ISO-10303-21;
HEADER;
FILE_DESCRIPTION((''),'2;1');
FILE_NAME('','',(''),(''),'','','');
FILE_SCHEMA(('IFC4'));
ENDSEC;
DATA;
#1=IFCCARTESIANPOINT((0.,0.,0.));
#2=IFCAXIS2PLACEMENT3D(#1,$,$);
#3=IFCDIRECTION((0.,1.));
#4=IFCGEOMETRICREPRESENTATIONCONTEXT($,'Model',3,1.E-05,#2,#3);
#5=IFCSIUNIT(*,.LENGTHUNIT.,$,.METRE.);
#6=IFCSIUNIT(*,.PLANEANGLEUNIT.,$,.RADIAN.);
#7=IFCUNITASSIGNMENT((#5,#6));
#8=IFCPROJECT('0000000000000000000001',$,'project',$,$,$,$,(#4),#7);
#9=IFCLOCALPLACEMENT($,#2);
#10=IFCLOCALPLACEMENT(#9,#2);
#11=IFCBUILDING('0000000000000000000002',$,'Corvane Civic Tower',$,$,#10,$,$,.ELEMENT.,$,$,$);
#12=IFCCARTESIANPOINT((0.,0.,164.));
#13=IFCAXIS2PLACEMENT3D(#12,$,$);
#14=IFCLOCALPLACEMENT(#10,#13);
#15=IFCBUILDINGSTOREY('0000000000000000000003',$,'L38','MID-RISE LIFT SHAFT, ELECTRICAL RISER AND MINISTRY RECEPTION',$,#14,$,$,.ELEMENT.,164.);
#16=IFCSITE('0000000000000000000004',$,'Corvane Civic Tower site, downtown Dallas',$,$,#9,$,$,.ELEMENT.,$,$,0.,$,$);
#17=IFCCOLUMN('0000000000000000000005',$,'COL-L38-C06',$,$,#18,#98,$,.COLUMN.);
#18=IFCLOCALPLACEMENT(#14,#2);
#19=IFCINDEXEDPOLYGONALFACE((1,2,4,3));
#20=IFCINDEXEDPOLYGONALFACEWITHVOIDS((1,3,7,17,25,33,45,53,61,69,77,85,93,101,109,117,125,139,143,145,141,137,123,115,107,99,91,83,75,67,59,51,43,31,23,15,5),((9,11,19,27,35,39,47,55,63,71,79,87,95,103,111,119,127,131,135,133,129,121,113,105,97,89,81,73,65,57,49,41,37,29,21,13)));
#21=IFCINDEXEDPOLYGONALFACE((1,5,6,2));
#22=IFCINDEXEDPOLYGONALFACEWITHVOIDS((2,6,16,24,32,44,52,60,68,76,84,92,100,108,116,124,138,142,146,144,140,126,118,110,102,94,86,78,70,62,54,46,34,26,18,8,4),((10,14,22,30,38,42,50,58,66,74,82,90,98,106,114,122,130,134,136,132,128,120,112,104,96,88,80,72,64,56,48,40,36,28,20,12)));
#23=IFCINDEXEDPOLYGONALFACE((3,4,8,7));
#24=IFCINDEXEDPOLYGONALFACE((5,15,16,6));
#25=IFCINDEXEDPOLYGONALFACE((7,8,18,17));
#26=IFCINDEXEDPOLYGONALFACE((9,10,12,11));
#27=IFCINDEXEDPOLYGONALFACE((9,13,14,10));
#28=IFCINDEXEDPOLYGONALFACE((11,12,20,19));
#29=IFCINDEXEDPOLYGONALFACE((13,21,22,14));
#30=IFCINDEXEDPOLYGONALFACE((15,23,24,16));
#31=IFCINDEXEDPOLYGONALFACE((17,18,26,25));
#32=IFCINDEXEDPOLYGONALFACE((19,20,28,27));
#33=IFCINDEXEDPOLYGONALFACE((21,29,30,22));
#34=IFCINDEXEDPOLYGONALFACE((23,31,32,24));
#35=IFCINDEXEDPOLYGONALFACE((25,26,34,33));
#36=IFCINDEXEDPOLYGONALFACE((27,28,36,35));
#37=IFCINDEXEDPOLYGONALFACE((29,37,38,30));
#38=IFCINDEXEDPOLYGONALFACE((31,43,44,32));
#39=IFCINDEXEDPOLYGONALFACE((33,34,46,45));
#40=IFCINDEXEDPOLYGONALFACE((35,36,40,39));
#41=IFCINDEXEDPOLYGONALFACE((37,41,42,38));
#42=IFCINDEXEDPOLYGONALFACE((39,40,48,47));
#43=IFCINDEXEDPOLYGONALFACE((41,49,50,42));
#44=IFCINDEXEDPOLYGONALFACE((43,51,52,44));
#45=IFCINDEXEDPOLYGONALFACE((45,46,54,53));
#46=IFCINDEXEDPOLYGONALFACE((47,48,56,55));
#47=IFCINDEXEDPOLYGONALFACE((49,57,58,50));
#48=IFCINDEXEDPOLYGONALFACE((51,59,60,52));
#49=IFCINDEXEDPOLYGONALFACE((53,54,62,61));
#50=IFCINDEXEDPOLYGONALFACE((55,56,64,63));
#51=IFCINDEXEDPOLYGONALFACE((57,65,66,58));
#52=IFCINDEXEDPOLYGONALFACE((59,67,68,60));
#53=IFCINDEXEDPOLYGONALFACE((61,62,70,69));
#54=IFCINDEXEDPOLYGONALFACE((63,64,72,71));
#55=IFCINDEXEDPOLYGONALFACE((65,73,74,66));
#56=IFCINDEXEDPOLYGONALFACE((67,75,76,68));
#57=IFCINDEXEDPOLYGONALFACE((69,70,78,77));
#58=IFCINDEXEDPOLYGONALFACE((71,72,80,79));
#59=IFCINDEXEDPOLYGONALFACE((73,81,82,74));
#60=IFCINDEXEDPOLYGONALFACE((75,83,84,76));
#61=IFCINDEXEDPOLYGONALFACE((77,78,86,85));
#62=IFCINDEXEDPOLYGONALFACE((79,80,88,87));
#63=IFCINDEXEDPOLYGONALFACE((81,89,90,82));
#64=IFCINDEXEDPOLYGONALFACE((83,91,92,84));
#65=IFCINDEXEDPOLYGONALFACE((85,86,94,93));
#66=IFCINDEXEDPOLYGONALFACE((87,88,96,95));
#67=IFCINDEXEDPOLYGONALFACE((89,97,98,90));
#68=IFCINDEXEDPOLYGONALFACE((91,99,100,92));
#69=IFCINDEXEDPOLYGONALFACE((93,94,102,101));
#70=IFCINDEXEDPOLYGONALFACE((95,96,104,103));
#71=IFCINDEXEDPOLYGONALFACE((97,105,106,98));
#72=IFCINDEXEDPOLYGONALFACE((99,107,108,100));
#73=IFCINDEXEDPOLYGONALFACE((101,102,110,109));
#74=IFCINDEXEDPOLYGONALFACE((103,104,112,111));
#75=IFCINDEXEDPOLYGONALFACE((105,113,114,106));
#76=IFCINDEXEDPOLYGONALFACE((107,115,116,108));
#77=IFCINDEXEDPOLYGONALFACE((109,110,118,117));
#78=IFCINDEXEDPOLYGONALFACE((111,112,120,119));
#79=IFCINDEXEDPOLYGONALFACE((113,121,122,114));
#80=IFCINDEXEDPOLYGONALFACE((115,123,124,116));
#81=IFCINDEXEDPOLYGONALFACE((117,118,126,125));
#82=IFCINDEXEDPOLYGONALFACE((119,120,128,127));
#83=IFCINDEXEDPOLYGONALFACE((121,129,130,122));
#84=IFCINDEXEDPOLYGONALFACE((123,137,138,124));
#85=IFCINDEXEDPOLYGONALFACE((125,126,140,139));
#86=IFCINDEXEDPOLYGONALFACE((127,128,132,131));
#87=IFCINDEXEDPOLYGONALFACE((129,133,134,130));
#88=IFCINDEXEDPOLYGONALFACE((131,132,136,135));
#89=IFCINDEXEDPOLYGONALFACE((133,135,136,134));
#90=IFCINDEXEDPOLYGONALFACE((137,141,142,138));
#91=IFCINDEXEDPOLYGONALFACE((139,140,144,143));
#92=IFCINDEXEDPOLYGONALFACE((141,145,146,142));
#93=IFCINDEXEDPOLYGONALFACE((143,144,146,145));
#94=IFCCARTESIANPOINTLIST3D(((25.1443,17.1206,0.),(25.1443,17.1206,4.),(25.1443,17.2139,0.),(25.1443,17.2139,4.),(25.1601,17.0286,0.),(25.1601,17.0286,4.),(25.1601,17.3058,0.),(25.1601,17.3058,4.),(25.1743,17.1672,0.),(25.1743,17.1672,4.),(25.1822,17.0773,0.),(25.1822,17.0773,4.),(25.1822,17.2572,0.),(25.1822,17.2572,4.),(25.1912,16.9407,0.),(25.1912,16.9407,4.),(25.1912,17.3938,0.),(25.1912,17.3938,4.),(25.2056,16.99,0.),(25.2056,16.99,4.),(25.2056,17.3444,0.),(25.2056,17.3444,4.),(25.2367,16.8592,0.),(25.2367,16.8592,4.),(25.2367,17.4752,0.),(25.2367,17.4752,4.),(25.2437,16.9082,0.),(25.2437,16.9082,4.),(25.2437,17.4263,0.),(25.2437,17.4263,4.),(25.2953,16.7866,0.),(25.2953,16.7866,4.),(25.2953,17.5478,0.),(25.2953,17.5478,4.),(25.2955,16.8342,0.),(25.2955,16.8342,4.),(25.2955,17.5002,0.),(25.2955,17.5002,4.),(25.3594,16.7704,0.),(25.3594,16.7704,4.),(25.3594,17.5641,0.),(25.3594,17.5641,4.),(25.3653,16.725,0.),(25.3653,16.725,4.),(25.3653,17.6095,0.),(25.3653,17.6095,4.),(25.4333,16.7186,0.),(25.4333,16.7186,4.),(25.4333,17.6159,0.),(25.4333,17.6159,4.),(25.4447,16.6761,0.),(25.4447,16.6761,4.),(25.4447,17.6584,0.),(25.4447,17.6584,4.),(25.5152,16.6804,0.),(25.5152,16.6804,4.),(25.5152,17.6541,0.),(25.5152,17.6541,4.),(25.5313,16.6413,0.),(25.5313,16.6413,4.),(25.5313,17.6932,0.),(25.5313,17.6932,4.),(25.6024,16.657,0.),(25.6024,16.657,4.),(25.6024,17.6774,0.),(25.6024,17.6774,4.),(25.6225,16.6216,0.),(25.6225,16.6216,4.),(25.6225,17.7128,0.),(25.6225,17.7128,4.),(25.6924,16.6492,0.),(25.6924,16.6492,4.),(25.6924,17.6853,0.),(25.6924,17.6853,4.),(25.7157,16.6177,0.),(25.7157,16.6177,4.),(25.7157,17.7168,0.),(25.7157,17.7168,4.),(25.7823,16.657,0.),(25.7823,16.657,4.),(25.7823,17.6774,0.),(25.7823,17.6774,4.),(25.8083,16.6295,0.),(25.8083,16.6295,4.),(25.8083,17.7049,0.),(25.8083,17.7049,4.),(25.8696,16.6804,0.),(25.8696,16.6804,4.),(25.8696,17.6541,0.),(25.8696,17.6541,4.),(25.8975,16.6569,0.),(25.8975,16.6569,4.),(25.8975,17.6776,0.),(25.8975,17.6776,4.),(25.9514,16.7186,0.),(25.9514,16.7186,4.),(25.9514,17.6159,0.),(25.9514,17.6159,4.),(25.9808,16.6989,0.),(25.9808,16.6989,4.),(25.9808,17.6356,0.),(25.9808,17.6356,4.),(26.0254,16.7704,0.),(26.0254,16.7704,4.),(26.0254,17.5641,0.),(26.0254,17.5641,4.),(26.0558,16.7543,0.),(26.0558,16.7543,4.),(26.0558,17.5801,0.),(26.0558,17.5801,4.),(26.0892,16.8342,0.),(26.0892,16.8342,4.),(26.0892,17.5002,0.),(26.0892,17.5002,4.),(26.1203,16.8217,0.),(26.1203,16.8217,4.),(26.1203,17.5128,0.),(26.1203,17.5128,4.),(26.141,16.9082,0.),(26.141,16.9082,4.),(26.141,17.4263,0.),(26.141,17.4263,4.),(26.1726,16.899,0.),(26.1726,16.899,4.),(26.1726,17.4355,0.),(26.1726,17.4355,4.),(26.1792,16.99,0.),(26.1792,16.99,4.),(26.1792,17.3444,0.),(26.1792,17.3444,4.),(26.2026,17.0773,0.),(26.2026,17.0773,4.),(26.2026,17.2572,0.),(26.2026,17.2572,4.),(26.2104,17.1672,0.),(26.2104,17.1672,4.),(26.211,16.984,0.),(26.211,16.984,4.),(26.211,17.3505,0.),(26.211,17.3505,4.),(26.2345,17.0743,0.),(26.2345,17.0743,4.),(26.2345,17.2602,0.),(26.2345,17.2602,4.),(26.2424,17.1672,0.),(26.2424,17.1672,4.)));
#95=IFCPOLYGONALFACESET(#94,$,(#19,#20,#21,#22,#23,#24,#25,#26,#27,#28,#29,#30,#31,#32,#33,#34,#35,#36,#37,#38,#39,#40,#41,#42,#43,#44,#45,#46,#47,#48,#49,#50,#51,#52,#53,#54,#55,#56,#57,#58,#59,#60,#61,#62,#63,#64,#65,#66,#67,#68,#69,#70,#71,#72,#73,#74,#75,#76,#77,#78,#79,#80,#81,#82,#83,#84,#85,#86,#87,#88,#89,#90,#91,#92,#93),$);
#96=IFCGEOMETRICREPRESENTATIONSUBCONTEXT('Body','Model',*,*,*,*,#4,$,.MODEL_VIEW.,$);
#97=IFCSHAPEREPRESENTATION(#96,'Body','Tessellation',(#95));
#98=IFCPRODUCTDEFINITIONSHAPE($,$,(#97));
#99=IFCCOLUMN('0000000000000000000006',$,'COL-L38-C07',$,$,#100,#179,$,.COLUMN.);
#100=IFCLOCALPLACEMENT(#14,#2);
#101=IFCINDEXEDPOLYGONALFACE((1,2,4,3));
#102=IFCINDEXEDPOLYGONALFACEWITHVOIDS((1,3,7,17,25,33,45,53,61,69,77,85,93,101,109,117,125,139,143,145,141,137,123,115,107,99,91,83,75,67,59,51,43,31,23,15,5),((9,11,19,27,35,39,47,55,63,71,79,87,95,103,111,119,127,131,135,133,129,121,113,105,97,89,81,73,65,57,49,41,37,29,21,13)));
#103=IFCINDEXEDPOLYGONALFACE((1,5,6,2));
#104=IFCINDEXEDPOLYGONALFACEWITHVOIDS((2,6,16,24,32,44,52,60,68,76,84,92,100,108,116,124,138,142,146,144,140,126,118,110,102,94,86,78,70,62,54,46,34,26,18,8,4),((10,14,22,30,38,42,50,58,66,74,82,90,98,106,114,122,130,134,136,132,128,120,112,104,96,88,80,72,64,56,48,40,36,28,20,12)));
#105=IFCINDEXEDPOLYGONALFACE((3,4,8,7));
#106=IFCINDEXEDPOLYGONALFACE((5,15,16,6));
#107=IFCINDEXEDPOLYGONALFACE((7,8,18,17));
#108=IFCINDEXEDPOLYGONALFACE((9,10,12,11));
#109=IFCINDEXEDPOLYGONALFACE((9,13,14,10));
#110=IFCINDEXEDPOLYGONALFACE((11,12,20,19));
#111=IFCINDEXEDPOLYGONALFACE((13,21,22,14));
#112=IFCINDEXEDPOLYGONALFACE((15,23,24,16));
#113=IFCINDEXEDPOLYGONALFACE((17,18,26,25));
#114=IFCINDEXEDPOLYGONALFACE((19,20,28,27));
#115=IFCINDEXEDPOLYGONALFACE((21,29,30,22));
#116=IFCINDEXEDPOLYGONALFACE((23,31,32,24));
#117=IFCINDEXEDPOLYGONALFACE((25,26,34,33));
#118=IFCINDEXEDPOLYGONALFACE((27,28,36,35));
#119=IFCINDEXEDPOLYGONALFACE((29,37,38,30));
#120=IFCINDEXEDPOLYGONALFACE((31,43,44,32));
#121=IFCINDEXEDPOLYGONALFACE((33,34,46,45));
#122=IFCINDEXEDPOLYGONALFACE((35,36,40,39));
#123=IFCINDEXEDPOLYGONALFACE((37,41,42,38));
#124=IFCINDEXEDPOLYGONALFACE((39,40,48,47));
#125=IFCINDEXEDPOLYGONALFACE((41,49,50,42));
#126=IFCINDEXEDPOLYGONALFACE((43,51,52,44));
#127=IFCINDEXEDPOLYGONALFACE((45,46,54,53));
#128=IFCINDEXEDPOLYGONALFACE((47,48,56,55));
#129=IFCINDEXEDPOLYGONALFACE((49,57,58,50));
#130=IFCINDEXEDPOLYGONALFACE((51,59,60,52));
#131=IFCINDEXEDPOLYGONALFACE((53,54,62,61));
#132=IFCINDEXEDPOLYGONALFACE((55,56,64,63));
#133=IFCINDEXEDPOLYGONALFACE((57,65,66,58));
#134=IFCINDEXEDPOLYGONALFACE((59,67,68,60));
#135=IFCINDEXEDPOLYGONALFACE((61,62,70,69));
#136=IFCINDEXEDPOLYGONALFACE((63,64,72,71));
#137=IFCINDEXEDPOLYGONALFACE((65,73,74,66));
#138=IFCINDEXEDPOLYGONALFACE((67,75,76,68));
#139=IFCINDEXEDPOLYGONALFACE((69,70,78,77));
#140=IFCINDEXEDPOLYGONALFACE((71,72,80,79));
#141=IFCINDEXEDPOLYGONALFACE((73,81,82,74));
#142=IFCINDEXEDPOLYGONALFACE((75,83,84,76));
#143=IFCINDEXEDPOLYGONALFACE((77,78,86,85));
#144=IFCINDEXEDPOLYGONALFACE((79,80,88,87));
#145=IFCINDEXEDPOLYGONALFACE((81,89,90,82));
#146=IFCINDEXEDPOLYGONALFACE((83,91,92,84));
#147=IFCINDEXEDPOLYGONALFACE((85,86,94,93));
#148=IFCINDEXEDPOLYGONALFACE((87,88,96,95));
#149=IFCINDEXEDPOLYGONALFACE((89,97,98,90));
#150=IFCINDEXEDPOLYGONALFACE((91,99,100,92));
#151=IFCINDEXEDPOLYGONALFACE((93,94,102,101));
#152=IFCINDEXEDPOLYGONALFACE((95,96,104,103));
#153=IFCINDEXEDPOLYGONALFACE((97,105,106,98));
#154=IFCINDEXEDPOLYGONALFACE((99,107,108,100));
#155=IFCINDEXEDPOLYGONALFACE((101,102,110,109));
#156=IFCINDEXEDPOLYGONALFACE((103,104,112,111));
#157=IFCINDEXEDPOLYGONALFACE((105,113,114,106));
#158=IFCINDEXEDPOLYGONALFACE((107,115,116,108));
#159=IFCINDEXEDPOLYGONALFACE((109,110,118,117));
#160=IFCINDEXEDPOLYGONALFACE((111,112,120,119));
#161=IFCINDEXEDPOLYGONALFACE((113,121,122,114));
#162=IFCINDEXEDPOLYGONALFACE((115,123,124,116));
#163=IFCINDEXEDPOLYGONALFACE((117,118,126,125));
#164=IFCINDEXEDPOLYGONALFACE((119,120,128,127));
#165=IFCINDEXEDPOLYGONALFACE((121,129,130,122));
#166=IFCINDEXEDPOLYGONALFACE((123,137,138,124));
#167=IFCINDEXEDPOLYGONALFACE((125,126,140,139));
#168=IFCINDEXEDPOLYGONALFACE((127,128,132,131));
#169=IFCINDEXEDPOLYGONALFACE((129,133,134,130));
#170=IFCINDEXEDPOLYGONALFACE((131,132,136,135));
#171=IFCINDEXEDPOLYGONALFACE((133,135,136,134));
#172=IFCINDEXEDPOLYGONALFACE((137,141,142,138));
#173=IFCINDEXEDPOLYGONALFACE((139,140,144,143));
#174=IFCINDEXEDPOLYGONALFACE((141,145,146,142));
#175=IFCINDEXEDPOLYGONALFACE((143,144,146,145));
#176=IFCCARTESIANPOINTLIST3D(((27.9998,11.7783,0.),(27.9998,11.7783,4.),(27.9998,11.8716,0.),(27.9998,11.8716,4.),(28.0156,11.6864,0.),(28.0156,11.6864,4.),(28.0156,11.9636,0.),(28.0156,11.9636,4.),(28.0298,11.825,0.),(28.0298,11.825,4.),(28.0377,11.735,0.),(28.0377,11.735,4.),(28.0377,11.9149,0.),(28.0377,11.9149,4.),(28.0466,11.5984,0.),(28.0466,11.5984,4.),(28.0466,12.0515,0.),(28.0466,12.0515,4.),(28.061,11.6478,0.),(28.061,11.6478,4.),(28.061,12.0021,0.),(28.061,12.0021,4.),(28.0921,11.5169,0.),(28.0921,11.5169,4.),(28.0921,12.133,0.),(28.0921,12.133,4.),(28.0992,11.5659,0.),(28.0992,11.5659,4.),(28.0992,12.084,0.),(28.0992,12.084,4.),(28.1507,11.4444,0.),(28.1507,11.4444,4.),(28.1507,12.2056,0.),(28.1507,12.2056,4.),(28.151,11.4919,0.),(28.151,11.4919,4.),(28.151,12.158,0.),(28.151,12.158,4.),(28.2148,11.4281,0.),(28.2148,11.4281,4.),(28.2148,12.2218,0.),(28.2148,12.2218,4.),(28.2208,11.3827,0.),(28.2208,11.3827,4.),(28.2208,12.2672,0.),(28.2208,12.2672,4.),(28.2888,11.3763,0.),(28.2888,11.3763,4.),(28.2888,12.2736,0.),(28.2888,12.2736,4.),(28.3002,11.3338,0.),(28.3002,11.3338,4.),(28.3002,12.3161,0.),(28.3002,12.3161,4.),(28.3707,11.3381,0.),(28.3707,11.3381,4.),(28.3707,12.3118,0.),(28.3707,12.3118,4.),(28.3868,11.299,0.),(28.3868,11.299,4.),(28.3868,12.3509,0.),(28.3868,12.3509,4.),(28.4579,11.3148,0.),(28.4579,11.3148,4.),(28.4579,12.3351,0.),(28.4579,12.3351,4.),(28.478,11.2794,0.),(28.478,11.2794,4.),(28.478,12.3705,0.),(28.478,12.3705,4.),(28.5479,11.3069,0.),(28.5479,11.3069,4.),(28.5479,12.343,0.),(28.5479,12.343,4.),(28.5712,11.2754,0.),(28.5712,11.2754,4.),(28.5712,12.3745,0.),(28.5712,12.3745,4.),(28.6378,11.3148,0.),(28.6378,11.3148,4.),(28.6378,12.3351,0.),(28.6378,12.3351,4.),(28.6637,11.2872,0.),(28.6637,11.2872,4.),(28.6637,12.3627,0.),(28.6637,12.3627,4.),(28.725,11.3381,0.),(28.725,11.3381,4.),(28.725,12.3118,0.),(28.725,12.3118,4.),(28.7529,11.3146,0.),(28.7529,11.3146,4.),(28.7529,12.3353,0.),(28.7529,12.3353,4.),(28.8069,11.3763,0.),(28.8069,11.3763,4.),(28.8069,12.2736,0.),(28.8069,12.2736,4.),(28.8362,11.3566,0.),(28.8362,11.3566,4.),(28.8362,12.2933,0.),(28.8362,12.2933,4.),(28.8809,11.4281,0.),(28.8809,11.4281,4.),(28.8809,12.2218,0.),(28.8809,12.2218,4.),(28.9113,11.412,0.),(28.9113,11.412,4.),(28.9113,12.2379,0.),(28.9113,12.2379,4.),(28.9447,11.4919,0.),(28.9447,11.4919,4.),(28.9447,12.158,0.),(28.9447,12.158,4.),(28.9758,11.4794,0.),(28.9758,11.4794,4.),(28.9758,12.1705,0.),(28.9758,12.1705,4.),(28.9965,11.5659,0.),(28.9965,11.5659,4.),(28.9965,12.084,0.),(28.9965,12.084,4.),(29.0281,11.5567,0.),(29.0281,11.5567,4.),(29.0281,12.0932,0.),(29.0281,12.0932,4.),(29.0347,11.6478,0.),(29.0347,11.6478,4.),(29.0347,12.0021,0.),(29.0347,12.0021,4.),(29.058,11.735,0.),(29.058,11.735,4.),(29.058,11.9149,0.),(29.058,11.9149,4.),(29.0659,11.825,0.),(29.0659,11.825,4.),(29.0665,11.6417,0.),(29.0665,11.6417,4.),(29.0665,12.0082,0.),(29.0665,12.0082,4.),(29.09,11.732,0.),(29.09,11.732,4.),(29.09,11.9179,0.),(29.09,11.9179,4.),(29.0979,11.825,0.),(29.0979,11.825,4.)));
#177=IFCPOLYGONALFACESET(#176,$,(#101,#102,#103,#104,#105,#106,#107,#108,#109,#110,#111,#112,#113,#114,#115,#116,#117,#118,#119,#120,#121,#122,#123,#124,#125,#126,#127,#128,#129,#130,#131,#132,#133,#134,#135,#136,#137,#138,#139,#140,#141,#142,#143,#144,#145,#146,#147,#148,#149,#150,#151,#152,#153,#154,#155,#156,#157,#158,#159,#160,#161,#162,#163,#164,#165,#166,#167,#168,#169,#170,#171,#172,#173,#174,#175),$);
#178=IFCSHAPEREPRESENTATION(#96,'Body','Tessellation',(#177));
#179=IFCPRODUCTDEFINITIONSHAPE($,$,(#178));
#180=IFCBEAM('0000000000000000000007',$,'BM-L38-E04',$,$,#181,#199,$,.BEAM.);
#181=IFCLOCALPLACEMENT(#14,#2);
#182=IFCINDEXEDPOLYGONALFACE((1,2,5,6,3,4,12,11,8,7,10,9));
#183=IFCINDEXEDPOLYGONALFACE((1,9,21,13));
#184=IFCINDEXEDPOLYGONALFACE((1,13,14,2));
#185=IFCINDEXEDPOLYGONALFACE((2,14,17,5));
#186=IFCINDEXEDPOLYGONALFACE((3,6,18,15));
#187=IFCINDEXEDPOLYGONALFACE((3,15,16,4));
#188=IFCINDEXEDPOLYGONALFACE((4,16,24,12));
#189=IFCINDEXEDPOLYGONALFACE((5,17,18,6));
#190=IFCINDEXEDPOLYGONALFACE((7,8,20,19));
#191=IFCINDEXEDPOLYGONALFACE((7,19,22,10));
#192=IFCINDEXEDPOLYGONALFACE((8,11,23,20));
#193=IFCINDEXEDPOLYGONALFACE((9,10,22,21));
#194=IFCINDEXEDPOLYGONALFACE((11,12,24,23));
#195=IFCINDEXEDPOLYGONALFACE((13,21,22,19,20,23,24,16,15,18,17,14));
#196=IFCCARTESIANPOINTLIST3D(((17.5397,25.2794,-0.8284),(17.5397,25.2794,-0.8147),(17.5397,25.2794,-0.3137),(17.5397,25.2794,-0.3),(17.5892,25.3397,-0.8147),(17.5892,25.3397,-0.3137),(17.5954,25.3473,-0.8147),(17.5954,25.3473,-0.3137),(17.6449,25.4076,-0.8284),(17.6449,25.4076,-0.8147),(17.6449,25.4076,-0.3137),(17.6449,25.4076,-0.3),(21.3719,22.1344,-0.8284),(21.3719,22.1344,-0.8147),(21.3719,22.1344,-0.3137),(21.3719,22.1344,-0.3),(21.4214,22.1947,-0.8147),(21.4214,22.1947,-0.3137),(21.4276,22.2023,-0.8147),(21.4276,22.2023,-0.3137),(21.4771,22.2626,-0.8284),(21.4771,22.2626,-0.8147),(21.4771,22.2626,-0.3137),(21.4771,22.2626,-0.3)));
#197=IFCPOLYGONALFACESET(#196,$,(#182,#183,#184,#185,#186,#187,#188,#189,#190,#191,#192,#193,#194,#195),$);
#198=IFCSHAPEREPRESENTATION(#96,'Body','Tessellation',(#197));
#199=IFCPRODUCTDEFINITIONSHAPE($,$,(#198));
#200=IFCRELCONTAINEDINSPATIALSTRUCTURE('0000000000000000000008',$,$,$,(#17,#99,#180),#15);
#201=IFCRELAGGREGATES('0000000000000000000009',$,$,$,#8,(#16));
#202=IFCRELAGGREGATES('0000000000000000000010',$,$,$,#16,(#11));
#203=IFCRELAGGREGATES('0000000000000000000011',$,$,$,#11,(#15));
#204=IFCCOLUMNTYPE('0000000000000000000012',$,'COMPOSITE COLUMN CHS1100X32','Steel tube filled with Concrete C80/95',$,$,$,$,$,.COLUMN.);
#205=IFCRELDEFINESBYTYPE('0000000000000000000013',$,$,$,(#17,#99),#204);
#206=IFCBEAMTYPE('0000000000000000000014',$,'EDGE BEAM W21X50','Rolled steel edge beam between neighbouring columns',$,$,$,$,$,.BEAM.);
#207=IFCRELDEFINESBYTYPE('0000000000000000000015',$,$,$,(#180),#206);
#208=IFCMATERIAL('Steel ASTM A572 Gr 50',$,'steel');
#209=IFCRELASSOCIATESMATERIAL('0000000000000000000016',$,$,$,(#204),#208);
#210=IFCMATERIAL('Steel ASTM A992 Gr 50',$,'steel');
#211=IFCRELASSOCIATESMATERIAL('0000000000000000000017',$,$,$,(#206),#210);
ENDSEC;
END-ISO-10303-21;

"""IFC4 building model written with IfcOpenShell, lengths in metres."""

from ifc_helpers import new_model, si_unit, direction, frame, origin, origin_2d, place, context, subcontext, project, spatial, hollow_circle, i_section, extrude, material, material_profile, profile_set, type_object, element, save


model = new_model("IFC4")

# Units and contexts
model_context = context("Model", 3, precision=1e-05, world=origin(), true_north=direction((0.0, 1.0)))
body_context = subcontext(model_context, "Body", "Model", "MODEL_VIEW")
ifc_project = project(units=[si_unit("LENGTHUNIT", "METRE"), si_unit("PLANEANGLEUNIT", "RADIAN")], contexts=[model_context])

# Site, building, storey
site_placement = place(None, origin())
site = spatial("IfcSite", under=ifc_project, at=site_placement, Name="Corvane Civic Tower site, downtown Dallas", CompositionType="ELEMENT", RefElevation=0.0)
building_placement = place(site_placement, origin())
building = spatial("IfcBuilding", under=site, at=building_placement, Name="Corvane Civic Tower", CompositionType="ELEMENT")
storey_placement = place(building_placement, frame((0.0, 0.0, 164.0)))
storey = spatial("IfcBuildingStorey", under=building, at=storey_placement, Name="L38", Description="MID-RISE LIFT SHAFT, ELECTRICAL RISER AND MINISTRY RECEPTION", CompositionType="ELEMENT", Elevation=164.0)

# Columns
ifc_material_1 = material(Name="Steel ASTM A572 Gr 50", Category="steel")
ifc_material_profile_1 = material_profile(ifc_material_1, hollow_circle(Radius=0.55, WallThickness=0.032, at=origin_2d()), Name="CHS1100X32")
ifc_profile_set_1 = profile_set([ifc_material_profile_1], Name="Steel ASTM A572 Gr 50")
column_type = type_object("IfcColumnType", Name="COMPOSITE COLUMN CHS1100X32", Description="Steel tube filled with Concrete C80/95", PredefinedType="COLUMN", material=ifc_profile_set_1)
for number, where, z_axis, x_axis, name in (
    (1, (25.6924, 17.1672, 0.0), (0.0, 0.0, 1.0), (1.0, 0.0, 0.0), "COL-L38-C06"),
    (2, (28.5479, 11.825, 0.0), (0.0, 0.0, 1.0), (1.0, 0.0, 0.0), "COL-L38-C07"),
):
    element("IfcColumn", number, at=place(storey_placement, frame(where, z_axis=z_axis, x_axis=x_axis)), inside=storey, type_object=column_type, Name=name, PredefinedType="COLUMN", context=body_context, shape_type="SweptSolid", body=[
        extrude(hollow_circle(Radius=0.55, WallThickness=0.032, at=origin_2d()), origin(), (0.0, 0.0, 1.0), 4.0),
    ])

# Beam
ifc_material_2 = material(Name="Steel ASTM A992 Gr 50", Category="steel")
ifc_material_profile_2 = material_profile(ifc_material_2, i_section(OverallWidth=0.1658, OverallDepth=0.5283, WebThickness=0.0098, FlangeThickness=0.0137, at=origin_2d()), Name="W21X50")
ifc_profile_set_2 = profile_set([ifc_material_profile_2], Name="Steel ASTM A992 Gr 50")
beam_type_1 = type_object("IfcBeamType", Name="EDGE BEAM W21X50", Description="Rolled steel edge beam between neighbouring columns", PredefinedType="BEAM", material=ifc_profile_set_2)
for number, where, z_axis, x_axis, name in (
    (3, (17.5923, 25.3435, -0.5642), (0.773015, -0.634388, 0.0), (0.634388, 0.773015, 0.0), "BM-L38-E04"),
):
    element("IfcBeam", number, at=place(storey_placement, frame(where, z_axis=z_axis, x_axis=x_axis)), inside=storey, type_object=beam_type_1, Name=name, PredefinedType="BEAM", context=body_context, shape_type="SweptSolid", body=[
        extrude(i_section(OverallWidth=0.1658, OverallDepth=0.5283, WebThickness=0.0098, FlangeThickness=0.0137, at=origin_2d()), origin(), (0.0, 0.0, 1.0), 4.9575),
    ])

save(model, "model.ifc")
